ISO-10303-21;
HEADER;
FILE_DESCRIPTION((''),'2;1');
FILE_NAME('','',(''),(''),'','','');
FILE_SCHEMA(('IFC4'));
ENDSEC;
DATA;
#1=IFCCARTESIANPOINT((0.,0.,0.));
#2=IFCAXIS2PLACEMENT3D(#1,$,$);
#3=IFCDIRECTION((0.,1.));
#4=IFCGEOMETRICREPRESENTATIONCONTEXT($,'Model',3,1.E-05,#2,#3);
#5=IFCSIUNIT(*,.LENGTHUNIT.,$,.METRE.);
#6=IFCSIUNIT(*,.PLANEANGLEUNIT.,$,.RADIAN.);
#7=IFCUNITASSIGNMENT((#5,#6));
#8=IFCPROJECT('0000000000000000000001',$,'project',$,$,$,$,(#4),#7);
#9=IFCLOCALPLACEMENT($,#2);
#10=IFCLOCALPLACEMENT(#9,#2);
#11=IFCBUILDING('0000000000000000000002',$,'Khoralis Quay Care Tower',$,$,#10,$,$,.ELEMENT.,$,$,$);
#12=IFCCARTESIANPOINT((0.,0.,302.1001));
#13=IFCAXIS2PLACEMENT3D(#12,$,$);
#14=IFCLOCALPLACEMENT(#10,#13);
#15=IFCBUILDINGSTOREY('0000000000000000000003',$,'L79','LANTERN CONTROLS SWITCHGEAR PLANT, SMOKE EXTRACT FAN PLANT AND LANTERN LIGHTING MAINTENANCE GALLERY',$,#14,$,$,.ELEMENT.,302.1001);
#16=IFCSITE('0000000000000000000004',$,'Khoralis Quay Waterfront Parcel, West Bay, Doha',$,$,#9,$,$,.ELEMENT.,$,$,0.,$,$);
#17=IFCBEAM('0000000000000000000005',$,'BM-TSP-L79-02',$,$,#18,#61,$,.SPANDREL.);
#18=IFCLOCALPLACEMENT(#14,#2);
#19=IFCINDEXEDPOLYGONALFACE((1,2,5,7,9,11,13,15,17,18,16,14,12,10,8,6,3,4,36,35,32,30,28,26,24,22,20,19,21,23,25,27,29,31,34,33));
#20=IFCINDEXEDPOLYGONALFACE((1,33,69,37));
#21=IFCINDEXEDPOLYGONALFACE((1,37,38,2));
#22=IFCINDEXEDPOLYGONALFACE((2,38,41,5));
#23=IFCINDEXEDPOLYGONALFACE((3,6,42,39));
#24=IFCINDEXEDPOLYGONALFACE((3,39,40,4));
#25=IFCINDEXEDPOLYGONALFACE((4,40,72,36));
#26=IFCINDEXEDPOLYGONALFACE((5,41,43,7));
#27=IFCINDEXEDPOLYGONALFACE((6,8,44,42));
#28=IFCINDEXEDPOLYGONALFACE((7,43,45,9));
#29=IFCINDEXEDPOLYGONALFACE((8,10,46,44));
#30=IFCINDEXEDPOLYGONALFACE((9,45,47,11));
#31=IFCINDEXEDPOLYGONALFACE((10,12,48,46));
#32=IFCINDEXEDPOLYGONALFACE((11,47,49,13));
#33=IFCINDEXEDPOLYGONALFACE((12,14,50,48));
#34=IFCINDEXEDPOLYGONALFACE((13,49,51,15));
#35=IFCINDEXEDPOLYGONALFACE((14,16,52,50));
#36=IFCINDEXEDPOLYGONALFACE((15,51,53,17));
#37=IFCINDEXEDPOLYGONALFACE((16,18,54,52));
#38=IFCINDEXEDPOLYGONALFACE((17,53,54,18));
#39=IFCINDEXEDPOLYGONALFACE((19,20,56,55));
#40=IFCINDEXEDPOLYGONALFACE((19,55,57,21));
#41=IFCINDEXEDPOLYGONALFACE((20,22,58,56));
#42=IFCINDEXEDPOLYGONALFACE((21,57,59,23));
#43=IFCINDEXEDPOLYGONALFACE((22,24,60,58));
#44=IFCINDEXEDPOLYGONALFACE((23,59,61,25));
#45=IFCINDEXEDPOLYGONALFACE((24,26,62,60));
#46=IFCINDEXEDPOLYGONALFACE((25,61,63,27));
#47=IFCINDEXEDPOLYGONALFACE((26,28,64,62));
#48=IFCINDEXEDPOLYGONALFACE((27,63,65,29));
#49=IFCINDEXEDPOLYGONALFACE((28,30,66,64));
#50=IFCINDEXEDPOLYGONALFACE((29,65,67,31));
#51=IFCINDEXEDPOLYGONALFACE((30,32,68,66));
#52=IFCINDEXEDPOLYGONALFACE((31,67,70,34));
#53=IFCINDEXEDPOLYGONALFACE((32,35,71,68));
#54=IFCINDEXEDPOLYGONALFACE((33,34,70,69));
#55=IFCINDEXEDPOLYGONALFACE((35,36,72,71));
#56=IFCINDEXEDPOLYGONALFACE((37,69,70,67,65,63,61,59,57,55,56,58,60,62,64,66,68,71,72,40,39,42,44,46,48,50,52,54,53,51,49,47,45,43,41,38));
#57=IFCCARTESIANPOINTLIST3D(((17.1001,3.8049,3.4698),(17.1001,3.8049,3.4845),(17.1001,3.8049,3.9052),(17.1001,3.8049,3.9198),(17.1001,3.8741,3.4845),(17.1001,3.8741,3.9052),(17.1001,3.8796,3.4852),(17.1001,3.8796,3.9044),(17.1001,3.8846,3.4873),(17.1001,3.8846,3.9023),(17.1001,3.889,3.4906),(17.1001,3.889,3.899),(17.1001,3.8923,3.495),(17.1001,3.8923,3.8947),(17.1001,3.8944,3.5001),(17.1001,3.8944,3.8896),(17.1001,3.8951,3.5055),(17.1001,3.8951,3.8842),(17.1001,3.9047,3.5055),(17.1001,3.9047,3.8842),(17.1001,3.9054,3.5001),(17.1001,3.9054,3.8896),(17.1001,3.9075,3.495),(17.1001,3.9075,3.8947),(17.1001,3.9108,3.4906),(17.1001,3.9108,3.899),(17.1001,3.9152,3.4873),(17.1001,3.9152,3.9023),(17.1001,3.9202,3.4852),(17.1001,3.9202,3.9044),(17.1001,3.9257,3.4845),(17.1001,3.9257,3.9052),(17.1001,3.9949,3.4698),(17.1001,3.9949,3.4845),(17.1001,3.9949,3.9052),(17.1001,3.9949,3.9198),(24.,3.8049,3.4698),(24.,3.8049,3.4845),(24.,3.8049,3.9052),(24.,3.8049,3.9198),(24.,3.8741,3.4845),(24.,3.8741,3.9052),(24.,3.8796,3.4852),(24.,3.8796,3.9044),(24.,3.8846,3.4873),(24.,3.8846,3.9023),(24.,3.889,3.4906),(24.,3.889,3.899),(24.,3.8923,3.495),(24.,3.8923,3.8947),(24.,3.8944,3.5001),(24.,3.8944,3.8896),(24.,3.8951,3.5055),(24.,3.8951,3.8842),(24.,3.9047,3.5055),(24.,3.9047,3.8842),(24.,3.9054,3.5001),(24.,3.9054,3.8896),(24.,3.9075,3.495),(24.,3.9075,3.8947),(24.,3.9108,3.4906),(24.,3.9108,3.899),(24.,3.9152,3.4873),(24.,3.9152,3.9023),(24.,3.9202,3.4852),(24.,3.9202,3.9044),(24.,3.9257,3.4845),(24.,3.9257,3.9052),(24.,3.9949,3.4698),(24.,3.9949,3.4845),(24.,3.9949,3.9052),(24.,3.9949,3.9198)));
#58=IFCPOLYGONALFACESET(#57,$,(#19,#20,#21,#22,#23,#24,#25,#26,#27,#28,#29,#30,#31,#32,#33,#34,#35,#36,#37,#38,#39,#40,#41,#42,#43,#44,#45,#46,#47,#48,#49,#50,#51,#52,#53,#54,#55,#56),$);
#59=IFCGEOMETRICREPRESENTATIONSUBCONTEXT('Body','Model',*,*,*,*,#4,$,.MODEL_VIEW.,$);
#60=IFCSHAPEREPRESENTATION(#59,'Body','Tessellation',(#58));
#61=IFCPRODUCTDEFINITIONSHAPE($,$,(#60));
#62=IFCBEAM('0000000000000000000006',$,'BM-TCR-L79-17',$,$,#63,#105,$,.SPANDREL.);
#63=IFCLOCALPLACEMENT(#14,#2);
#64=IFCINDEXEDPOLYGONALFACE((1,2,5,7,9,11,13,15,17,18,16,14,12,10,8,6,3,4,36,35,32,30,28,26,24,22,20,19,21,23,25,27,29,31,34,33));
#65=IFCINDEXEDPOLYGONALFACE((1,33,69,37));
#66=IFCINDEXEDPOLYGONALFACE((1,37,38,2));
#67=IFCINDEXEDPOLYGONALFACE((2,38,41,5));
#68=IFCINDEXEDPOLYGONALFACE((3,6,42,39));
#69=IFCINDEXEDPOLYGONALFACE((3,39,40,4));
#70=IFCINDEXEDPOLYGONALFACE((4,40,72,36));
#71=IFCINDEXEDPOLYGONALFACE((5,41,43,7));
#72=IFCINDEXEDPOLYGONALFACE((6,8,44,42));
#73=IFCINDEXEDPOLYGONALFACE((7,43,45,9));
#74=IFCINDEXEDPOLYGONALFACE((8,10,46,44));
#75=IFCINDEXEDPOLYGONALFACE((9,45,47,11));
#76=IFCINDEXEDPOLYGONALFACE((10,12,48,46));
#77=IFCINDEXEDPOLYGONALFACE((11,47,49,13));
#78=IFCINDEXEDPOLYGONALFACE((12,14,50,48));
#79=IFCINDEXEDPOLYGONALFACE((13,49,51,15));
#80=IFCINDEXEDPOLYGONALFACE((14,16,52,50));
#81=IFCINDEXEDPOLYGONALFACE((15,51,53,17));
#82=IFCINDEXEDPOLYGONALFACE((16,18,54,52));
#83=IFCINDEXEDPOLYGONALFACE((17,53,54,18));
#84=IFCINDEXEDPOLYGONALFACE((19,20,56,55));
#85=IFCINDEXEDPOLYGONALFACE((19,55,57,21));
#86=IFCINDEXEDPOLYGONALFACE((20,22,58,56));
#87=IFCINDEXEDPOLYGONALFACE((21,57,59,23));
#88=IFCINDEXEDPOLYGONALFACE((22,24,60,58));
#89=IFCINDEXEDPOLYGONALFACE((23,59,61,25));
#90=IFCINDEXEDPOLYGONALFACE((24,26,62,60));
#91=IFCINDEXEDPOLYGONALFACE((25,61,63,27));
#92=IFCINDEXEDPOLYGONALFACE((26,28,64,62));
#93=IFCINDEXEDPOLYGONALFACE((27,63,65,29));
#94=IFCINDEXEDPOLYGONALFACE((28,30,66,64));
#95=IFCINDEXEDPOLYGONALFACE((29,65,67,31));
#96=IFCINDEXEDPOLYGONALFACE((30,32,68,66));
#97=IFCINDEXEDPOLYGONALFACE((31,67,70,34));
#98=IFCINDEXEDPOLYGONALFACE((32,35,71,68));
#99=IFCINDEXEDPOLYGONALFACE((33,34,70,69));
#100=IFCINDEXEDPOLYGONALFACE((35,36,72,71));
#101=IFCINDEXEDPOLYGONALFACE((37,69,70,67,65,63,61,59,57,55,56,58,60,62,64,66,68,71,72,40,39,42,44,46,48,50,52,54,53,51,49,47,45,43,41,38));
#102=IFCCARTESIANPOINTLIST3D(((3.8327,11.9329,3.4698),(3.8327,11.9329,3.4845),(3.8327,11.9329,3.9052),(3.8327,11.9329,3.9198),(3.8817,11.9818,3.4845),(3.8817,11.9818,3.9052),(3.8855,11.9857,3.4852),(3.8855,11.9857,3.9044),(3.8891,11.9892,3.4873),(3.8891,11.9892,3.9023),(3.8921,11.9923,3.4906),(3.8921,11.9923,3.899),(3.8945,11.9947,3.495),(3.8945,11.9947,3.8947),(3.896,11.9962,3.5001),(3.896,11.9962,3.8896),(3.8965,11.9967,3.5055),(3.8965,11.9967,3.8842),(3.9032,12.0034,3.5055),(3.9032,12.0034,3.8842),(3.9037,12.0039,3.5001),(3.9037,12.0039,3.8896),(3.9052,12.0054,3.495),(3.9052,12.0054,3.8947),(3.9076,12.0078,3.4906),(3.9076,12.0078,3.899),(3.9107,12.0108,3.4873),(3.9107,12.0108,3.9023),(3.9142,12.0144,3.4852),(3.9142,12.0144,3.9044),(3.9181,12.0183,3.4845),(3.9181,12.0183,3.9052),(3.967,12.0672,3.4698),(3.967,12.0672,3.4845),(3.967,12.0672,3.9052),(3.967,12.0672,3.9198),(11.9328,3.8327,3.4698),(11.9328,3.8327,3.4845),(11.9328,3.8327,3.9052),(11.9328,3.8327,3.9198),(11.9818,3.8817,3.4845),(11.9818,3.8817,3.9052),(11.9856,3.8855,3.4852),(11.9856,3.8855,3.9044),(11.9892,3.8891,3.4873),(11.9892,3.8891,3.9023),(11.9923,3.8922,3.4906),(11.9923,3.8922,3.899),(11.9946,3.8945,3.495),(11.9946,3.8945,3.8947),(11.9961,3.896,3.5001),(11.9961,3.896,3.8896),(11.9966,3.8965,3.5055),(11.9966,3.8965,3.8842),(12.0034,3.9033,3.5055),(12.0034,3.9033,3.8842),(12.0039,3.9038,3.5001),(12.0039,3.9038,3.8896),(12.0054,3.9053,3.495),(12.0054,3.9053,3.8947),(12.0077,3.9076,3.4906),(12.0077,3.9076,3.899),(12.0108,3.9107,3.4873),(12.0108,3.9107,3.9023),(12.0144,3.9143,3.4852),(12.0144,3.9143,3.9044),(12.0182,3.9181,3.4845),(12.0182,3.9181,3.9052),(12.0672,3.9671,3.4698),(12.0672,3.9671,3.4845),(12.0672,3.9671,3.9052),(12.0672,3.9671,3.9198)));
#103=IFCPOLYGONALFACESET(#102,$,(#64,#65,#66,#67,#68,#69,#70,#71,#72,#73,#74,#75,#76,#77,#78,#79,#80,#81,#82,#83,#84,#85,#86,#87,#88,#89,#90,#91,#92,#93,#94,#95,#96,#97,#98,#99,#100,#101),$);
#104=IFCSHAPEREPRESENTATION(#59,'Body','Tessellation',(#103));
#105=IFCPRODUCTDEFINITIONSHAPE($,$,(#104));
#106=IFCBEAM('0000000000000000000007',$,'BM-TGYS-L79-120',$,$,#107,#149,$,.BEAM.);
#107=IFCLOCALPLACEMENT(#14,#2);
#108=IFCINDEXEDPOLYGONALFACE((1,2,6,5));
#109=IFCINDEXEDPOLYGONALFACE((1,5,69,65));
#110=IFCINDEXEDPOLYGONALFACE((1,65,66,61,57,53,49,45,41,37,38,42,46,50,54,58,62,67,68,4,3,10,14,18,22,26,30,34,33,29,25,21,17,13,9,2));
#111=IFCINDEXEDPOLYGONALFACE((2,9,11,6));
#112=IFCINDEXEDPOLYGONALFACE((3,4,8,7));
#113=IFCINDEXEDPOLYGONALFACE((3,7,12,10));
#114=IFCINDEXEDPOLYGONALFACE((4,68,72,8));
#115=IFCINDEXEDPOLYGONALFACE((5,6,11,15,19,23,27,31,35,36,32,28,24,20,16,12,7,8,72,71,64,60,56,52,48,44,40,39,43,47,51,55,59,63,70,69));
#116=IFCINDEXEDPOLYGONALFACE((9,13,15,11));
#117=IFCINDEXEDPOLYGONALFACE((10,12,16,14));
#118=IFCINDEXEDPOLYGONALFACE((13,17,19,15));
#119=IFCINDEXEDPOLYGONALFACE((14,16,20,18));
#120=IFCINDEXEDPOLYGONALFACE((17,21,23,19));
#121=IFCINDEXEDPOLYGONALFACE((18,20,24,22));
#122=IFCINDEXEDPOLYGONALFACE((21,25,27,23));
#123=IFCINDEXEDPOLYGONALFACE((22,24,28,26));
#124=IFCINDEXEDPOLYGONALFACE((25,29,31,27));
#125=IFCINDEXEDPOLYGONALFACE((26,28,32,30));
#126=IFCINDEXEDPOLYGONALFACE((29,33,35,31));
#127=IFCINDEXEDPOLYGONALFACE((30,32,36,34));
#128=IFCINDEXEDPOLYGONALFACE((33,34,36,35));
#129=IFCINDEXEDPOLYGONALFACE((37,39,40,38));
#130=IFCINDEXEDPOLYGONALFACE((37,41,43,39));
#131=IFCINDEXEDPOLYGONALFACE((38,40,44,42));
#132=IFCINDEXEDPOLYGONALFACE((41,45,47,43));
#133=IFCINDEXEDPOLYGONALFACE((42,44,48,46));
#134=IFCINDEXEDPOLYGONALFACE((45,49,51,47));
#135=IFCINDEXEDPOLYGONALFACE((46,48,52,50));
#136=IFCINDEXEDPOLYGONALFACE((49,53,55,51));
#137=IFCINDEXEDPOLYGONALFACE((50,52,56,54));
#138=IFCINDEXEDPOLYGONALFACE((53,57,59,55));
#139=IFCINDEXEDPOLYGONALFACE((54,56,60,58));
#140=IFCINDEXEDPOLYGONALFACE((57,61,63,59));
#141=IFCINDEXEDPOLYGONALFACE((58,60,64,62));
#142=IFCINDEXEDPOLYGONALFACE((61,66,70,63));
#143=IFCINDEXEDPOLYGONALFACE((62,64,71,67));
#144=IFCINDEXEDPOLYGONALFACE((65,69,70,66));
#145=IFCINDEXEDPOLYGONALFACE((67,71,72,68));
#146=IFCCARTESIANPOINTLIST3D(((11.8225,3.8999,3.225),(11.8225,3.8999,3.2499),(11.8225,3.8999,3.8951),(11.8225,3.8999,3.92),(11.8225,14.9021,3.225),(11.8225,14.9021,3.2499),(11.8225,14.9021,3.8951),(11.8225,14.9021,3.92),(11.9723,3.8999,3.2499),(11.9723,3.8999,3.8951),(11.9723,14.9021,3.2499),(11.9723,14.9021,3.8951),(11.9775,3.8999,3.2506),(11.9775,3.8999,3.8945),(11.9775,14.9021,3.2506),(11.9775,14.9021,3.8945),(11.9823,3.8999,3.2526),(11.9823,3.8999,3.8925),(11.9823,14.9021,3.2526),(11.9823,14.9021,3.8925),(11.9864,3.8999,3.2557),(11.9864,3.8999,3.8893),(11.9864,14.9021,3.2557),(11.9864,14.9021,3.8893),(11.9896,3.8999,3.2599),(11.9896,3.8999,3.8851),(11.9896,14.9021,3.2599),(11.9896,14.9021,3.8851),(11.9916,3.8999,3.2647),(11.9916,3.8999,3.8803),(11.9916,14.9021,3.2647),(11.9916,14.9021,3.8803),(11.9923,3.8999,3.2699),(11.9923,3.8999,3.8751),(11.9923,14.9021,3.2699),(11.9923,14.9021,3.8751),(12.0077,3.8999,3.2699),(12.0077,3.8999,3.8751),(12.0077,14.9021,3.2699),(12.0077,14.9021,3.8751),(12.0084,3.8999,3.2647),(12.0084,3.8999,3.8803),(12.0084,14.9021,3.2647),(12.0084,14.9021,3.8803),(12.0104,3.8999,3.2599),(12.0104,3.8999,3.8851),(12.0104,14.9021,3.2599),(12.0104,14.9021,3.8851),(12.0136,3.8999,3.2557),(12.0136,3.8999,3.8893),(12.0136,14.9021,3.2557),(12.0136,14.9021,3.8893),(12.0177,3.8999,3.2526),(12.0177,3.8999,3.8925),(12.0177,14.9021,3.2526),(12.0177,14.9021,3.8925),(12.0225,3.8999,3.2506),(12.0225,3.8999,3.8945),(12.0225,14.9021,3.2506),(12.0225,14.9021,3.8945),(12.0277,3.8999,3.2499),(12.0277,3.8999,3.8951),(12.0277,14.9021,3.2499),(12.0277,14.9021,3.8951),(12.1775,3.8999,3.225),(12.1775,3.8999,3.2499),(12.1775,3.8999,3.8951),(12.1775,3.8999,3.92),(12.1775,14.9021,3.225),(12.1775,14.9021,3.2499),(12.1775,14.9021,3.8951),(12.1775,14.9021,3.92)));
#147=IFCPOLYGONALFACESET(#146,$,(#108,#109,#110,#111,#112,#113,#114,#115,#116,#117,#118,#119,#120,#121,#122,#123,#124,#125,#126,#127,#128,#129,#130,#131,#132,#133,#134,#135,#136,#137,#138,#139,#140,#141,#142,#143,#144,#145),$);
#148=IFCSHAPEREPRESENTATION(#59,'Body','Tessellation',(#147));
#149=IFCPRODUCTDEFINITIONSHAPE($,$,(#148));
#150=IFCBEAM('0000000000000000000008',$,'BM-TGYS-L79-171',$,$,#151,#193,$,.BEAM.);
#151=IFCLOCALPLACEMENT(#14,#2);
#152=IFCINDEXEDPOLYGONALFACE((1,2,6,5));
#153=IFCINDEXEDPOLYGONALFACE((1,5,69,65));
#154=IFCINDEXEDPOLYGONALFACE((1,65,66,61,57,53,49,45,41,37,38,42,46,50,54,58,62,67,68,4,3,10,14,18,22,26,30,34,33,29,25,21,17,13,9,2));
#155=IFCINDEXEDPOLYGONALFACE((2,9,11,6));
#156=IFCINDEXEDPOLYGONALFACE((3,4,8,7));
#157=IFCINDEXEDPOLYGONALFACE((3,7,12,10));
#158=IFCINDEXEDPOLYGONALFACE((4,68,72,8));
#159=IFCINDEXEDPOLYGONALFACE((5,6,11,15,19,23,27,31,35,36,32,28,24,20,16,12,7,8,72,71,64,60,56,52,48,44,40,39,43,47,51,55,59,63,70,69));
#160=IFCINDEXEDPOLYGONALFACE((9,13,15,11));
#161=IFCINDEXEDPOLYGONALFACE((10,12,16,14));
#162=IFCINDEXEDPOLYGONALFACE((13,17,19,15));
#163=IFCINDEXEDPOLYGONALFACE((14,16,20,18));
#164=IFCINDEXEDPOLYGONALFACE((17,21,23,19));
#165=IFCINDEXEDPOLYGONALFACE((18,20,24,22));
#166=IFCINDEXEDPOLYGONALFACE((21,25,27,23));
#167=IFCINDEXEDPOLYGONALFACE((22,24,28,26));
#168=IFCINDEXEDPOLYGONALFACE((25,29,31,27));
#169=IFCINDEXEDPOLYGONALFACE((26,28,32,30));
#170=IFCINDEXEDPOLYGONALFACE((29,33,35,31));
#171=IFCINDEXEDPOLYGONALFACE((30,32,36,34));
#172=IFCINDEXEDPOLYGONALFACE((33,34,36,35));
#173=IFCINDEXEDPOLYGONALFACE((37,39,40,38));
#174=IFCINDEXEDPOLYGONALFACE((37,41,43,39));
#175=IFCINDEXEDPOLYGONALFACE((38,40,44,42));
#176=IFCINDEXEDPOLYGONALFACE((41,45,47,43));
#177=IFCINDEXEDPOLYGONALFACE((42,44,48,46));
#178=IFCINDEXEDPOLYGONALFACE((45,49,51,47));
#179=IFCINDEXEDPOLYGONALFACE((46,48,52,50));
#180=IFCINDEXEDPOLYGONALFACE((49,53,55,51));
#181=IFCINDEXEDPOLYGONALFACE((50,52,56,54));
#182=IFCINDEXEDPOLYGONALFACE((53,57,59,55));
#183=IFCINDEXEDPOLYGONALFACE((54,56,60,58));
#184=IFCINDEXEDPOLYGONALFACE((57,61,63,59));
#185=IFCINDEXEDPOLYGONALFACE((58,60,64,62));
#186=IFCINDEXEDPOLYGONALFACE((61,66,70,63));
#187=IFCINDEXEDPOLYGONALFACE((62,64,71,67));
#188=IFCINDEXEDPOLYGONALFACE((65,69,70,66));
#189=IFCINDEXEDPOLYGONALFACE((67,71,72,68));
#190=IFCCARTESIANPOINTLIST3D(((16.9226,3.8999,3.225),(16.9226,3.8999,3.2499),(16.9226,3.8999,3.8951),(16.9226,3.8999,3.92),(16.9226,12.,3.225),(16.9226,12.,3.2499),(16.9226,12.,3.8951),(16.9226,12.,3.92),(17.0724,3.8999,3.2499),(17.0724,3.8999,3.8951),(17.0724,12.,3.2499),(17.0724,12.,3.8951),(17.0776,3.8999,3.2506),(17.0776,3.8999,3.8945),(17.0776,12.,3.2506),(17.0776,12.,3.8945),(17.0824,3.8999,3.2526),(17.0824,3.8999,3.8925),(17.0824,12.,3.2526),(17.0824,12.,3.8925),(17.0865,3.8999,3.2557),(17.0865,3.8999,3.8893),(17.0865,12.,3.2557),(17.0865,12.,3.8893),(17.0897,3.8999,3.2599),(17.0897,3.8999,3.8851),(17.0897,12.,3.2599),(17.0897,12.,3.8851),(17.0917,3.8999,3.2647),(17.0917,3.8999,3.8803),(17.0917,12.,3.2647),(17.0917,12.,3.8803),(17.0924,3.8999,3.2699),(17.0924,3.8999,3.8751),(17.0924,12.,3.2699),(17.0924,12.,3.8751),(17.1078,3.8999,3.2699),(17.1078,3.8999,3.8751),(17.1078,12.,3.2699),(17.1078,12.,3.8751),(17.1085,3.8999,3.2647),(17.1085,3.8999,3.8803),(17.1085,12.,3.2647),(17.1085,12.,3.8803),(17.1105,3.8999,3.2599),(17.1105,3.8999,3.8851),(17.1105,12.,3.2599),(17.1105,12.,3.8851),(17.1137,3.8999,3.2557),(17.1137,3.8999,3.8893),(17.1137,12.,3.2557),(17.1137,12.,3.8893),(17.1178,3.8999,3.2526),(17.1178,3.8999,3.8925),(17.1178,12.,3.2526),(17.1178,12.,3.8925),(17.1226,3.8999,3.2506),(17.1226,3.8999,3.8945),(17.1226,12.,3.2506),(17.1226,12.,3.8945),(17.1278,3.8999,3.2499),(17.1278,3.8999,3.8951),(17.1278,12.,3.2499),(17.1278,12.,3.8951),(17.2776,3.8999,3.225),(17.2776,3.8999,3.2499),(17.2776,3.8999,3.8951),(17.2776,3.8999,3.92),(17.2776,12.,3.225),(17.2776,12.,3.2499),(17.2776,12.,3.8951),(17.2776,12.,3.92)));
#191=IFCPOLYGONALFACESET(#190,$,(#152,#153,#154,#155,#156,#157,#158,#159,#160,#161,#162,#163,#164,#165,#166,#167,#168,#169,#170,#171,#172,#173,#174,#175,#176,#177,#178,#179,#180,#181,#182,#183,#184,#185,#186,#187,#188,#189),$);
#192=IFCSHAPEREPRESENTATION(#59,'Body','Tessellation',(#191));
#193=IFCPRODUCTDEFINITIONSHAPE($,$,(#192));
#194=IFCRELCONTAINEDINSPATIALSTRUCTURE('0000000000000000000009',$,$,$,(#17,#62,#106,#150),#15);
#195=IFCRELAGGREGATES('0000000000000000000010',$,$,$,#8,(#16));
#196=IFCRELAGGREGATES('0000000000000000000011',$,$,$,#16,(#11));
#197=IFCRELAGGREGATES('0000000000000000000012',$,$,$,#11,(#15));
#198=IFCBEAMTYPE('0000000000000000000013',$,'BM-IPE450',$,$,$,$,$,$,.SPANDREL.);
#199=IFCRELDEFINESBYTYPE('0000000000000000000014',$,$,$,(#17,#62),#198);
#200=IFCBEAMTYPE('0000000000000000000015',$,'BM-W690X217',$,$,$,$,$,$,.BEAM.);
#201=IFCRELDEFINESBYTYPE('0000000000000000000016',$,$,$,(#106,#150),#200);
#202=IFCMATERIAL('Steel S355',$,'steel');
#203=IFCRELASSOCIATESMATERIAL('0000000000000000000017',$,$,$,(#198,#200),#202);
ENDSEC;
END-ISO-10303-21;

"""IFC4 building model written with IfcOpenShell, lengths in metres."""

from ifc_helpers import new_model, si_unit, direction, frame, origin, origin_2d, place, context, subcontext, project, spatial, i_section, extrude, source, transform, mapped, material, material_profile, profile_set, type_object, element, save


model = new_model("IFC4")

# Units and contexts
model_context = context("Model", 3, precision=1e-05, world=origin(), true_north=direction((0.0, 1.0)))
body_context = subcontext(model_context, "Body", "Model", "MODEL_VIEW")
ifc_project = project(units=[si_unit("LENGTHUNIT", "METRE"), si_unit("PLANEANGLEUNIT", "RADIAN")], contexts=[model_context])

# Site, building, storey
site_placement = place(None, origin())
site = spatial("IfcSite", under=ifc_project, at=site_placement, Name="Khoralis Quay Waterfront Parcel, West Bay, Doha", CompositionType="ELEMENT", RefElevation=0.0)
building_placement = place(site_placement, origin())
building = spatial("IfcBuilding", under=site, at=building_placement, Name="Khoralis Quay Care Tower", CompositionType="ELEMENT")
storey_placement = place(building_placement, frame((0.0, 0.0, 302.1001)))
storey = spatial("IfcBuildingStorey", under=building, at=storey_placement, Name="L79", Description="LANTERN CONTROLS SWITCHGEAR PLANT, SMOKE EXTRACT FAN PLANT AND LANTERN LIGHTING MAINTENANCE GALLERY", CompositionType="ELEMENT", Elevation=302.1001)

# Beams
ifc_material_1 = material(Name="Steel S355", Category="steel")
ifc_material_profile_1 = material_profile(ifc_material_1, i_section(OverallWidth=0.1899, OverallDepth=0.45, WebThickness=0.0095, FlangeThickness=0.0146, FilletRadius=0.021, at=origin_2d()), Name="Steel S355")
ifc_profile_set_1 = profile_set([ifc_material_profile_1], Name="Steel S355")
beam_type_1 = type_object("IfcBeamType", Name="BM-IPE450", PredefinedType="SPANDREL", material=ifc_profile_set_1)
shared_shape_1 = source(origin(), body_context, "Body", "SweptSolid", [
    extrude(i_section(OverallWidth=0.1899, OverallDepth=0.45, WebThickness=0.0095, FlangeThickness=0.0146, FilletRadius=0.021, at=origin_2d()), origin(), (0.0, 0.0, 1.0), 6.8999),
])
beam_1_placement = place(storey_placement, frame((17.1001, 3.8999, 3.6948), z_axis=(1.0, 0.0, 0.0), x_axis=(0.0, 1.0, 0.0)))
element("IfcBeam", 1, at=beam_1_placement, inside=storey, type_object=beam_type_1, Name="BM-TSP-L79-02", PredefinedType="SPANDREL", context=body_context, shape_type="MappedRepresentation", body=[
    mapped(shared_shape_1, transform((0.0, 0.0, 0.0), scale=1.0)),
])
shared_shape_2 = source(origin(), body_context, "Body", "SweptSolid", [
    extrude(i_section(OverallWidth=0.1899, OverallDepth=0.45, WebThickness=0.0095, FlangeThickness=0.0146, FilletRadius=0.021, at=origin_2d()), origin(), (0.0, 0.0, 1.0), 11.4553),
])
beam_2_placement = place(storey_placement, frame((12.0, 3.8999, 3.6948), z_axis=(-0.707107, 0.707107, 0.0), x_axis=(-0.707107, -0.707107, 0.0)))
element("IfcBeam", 2, at=beam_2_placement, inside=storey, type_object=beam_type_1, Name="BM-TCR-L79-17", PredefinedType="SPANDREL", context=body_context, shape_type="MappedRepresentation", body=[
    mapped(shared_shape_2, transform((0.0, 0.0, 0.0), scale=1.0)),
])
ifc_material_profile_2 = material_profile(ifc_material_1, i_section(OverallWidth=0.355, OverallDepth=0.6951, WebThickness=0.0154, FlangeThickness=0.0249, FilletRadius=0.02, at=origin_2d()), Name="Steel S355")
ifc_profile_set_2 = profile_set([ifc_material_profile_2], Name="Steel S355")
beam_type_2 = type_object("IfcBeamType", Name="BM-W690X217", PredefinedType="BEAM", material=ifc_profile_set_2)
shared_shape_3 = source(origin(), body_context, "Body", "SweptSolid", [
    extrude(i_section(OverallWidth=0.355, OverallDepth=0.6951, WebThickness=0.0154, FlangeThickness=0.0249, FilletRadius=0.02, at=origin_2d()), origin(), (0.0, 0.0, 1.0), 11.0022),
])
beam_3_placement = place(storey_placement, frame((12.0, 3.8999, 3.5725), z_axis=(0.0, 1.0, 0.0), x_axis=(-1.0, 0.0, 0.0)))
element("IfcBeam", 3, at=beam_3_placement, inside=storey, type_object=beam_type_2, Name="BM-TGYS-L79-120", PredefinedType="BEAM", context=body_context, shape_type="MappedRepresentation", body=[
    mapped(shared_shape_3, transform((0.0, 0.0, 0.0), scale=1.0)),
])
shared_shape_4 = source(origin(), body_context, "Body", "SweptSolid", [
    extrude(i_section(OverallWidth=0.355, OverallDepth=0.6951, WebThickness=0.0154, FlangeThickness=0.0249, FilletRadius=0.02, at=origin_2d()), origin(), (0.0, 0.0, 1.0), 8.1001),
])
beam_4_placement = place(storey_placement, frame((17.1001, 3.8999, 3.5725), z_axis=(0.0, 1.0, 0.0), x_axis=(-1.0, 0.0, 0.0)))
element("IfcBeam", 4, at=beam_4_placement, inside=storey, type_object=beam_type_2, Name="BM-TGYS-L79-171", PredefinedType="BEAM", context=body_context, shape_type="MappedRepresentation", body=[
    mapped(shared_shape_4, transform((0.0, 0.0, 0.0), scale=1.0)),
])

save(model, "model.ifc")
